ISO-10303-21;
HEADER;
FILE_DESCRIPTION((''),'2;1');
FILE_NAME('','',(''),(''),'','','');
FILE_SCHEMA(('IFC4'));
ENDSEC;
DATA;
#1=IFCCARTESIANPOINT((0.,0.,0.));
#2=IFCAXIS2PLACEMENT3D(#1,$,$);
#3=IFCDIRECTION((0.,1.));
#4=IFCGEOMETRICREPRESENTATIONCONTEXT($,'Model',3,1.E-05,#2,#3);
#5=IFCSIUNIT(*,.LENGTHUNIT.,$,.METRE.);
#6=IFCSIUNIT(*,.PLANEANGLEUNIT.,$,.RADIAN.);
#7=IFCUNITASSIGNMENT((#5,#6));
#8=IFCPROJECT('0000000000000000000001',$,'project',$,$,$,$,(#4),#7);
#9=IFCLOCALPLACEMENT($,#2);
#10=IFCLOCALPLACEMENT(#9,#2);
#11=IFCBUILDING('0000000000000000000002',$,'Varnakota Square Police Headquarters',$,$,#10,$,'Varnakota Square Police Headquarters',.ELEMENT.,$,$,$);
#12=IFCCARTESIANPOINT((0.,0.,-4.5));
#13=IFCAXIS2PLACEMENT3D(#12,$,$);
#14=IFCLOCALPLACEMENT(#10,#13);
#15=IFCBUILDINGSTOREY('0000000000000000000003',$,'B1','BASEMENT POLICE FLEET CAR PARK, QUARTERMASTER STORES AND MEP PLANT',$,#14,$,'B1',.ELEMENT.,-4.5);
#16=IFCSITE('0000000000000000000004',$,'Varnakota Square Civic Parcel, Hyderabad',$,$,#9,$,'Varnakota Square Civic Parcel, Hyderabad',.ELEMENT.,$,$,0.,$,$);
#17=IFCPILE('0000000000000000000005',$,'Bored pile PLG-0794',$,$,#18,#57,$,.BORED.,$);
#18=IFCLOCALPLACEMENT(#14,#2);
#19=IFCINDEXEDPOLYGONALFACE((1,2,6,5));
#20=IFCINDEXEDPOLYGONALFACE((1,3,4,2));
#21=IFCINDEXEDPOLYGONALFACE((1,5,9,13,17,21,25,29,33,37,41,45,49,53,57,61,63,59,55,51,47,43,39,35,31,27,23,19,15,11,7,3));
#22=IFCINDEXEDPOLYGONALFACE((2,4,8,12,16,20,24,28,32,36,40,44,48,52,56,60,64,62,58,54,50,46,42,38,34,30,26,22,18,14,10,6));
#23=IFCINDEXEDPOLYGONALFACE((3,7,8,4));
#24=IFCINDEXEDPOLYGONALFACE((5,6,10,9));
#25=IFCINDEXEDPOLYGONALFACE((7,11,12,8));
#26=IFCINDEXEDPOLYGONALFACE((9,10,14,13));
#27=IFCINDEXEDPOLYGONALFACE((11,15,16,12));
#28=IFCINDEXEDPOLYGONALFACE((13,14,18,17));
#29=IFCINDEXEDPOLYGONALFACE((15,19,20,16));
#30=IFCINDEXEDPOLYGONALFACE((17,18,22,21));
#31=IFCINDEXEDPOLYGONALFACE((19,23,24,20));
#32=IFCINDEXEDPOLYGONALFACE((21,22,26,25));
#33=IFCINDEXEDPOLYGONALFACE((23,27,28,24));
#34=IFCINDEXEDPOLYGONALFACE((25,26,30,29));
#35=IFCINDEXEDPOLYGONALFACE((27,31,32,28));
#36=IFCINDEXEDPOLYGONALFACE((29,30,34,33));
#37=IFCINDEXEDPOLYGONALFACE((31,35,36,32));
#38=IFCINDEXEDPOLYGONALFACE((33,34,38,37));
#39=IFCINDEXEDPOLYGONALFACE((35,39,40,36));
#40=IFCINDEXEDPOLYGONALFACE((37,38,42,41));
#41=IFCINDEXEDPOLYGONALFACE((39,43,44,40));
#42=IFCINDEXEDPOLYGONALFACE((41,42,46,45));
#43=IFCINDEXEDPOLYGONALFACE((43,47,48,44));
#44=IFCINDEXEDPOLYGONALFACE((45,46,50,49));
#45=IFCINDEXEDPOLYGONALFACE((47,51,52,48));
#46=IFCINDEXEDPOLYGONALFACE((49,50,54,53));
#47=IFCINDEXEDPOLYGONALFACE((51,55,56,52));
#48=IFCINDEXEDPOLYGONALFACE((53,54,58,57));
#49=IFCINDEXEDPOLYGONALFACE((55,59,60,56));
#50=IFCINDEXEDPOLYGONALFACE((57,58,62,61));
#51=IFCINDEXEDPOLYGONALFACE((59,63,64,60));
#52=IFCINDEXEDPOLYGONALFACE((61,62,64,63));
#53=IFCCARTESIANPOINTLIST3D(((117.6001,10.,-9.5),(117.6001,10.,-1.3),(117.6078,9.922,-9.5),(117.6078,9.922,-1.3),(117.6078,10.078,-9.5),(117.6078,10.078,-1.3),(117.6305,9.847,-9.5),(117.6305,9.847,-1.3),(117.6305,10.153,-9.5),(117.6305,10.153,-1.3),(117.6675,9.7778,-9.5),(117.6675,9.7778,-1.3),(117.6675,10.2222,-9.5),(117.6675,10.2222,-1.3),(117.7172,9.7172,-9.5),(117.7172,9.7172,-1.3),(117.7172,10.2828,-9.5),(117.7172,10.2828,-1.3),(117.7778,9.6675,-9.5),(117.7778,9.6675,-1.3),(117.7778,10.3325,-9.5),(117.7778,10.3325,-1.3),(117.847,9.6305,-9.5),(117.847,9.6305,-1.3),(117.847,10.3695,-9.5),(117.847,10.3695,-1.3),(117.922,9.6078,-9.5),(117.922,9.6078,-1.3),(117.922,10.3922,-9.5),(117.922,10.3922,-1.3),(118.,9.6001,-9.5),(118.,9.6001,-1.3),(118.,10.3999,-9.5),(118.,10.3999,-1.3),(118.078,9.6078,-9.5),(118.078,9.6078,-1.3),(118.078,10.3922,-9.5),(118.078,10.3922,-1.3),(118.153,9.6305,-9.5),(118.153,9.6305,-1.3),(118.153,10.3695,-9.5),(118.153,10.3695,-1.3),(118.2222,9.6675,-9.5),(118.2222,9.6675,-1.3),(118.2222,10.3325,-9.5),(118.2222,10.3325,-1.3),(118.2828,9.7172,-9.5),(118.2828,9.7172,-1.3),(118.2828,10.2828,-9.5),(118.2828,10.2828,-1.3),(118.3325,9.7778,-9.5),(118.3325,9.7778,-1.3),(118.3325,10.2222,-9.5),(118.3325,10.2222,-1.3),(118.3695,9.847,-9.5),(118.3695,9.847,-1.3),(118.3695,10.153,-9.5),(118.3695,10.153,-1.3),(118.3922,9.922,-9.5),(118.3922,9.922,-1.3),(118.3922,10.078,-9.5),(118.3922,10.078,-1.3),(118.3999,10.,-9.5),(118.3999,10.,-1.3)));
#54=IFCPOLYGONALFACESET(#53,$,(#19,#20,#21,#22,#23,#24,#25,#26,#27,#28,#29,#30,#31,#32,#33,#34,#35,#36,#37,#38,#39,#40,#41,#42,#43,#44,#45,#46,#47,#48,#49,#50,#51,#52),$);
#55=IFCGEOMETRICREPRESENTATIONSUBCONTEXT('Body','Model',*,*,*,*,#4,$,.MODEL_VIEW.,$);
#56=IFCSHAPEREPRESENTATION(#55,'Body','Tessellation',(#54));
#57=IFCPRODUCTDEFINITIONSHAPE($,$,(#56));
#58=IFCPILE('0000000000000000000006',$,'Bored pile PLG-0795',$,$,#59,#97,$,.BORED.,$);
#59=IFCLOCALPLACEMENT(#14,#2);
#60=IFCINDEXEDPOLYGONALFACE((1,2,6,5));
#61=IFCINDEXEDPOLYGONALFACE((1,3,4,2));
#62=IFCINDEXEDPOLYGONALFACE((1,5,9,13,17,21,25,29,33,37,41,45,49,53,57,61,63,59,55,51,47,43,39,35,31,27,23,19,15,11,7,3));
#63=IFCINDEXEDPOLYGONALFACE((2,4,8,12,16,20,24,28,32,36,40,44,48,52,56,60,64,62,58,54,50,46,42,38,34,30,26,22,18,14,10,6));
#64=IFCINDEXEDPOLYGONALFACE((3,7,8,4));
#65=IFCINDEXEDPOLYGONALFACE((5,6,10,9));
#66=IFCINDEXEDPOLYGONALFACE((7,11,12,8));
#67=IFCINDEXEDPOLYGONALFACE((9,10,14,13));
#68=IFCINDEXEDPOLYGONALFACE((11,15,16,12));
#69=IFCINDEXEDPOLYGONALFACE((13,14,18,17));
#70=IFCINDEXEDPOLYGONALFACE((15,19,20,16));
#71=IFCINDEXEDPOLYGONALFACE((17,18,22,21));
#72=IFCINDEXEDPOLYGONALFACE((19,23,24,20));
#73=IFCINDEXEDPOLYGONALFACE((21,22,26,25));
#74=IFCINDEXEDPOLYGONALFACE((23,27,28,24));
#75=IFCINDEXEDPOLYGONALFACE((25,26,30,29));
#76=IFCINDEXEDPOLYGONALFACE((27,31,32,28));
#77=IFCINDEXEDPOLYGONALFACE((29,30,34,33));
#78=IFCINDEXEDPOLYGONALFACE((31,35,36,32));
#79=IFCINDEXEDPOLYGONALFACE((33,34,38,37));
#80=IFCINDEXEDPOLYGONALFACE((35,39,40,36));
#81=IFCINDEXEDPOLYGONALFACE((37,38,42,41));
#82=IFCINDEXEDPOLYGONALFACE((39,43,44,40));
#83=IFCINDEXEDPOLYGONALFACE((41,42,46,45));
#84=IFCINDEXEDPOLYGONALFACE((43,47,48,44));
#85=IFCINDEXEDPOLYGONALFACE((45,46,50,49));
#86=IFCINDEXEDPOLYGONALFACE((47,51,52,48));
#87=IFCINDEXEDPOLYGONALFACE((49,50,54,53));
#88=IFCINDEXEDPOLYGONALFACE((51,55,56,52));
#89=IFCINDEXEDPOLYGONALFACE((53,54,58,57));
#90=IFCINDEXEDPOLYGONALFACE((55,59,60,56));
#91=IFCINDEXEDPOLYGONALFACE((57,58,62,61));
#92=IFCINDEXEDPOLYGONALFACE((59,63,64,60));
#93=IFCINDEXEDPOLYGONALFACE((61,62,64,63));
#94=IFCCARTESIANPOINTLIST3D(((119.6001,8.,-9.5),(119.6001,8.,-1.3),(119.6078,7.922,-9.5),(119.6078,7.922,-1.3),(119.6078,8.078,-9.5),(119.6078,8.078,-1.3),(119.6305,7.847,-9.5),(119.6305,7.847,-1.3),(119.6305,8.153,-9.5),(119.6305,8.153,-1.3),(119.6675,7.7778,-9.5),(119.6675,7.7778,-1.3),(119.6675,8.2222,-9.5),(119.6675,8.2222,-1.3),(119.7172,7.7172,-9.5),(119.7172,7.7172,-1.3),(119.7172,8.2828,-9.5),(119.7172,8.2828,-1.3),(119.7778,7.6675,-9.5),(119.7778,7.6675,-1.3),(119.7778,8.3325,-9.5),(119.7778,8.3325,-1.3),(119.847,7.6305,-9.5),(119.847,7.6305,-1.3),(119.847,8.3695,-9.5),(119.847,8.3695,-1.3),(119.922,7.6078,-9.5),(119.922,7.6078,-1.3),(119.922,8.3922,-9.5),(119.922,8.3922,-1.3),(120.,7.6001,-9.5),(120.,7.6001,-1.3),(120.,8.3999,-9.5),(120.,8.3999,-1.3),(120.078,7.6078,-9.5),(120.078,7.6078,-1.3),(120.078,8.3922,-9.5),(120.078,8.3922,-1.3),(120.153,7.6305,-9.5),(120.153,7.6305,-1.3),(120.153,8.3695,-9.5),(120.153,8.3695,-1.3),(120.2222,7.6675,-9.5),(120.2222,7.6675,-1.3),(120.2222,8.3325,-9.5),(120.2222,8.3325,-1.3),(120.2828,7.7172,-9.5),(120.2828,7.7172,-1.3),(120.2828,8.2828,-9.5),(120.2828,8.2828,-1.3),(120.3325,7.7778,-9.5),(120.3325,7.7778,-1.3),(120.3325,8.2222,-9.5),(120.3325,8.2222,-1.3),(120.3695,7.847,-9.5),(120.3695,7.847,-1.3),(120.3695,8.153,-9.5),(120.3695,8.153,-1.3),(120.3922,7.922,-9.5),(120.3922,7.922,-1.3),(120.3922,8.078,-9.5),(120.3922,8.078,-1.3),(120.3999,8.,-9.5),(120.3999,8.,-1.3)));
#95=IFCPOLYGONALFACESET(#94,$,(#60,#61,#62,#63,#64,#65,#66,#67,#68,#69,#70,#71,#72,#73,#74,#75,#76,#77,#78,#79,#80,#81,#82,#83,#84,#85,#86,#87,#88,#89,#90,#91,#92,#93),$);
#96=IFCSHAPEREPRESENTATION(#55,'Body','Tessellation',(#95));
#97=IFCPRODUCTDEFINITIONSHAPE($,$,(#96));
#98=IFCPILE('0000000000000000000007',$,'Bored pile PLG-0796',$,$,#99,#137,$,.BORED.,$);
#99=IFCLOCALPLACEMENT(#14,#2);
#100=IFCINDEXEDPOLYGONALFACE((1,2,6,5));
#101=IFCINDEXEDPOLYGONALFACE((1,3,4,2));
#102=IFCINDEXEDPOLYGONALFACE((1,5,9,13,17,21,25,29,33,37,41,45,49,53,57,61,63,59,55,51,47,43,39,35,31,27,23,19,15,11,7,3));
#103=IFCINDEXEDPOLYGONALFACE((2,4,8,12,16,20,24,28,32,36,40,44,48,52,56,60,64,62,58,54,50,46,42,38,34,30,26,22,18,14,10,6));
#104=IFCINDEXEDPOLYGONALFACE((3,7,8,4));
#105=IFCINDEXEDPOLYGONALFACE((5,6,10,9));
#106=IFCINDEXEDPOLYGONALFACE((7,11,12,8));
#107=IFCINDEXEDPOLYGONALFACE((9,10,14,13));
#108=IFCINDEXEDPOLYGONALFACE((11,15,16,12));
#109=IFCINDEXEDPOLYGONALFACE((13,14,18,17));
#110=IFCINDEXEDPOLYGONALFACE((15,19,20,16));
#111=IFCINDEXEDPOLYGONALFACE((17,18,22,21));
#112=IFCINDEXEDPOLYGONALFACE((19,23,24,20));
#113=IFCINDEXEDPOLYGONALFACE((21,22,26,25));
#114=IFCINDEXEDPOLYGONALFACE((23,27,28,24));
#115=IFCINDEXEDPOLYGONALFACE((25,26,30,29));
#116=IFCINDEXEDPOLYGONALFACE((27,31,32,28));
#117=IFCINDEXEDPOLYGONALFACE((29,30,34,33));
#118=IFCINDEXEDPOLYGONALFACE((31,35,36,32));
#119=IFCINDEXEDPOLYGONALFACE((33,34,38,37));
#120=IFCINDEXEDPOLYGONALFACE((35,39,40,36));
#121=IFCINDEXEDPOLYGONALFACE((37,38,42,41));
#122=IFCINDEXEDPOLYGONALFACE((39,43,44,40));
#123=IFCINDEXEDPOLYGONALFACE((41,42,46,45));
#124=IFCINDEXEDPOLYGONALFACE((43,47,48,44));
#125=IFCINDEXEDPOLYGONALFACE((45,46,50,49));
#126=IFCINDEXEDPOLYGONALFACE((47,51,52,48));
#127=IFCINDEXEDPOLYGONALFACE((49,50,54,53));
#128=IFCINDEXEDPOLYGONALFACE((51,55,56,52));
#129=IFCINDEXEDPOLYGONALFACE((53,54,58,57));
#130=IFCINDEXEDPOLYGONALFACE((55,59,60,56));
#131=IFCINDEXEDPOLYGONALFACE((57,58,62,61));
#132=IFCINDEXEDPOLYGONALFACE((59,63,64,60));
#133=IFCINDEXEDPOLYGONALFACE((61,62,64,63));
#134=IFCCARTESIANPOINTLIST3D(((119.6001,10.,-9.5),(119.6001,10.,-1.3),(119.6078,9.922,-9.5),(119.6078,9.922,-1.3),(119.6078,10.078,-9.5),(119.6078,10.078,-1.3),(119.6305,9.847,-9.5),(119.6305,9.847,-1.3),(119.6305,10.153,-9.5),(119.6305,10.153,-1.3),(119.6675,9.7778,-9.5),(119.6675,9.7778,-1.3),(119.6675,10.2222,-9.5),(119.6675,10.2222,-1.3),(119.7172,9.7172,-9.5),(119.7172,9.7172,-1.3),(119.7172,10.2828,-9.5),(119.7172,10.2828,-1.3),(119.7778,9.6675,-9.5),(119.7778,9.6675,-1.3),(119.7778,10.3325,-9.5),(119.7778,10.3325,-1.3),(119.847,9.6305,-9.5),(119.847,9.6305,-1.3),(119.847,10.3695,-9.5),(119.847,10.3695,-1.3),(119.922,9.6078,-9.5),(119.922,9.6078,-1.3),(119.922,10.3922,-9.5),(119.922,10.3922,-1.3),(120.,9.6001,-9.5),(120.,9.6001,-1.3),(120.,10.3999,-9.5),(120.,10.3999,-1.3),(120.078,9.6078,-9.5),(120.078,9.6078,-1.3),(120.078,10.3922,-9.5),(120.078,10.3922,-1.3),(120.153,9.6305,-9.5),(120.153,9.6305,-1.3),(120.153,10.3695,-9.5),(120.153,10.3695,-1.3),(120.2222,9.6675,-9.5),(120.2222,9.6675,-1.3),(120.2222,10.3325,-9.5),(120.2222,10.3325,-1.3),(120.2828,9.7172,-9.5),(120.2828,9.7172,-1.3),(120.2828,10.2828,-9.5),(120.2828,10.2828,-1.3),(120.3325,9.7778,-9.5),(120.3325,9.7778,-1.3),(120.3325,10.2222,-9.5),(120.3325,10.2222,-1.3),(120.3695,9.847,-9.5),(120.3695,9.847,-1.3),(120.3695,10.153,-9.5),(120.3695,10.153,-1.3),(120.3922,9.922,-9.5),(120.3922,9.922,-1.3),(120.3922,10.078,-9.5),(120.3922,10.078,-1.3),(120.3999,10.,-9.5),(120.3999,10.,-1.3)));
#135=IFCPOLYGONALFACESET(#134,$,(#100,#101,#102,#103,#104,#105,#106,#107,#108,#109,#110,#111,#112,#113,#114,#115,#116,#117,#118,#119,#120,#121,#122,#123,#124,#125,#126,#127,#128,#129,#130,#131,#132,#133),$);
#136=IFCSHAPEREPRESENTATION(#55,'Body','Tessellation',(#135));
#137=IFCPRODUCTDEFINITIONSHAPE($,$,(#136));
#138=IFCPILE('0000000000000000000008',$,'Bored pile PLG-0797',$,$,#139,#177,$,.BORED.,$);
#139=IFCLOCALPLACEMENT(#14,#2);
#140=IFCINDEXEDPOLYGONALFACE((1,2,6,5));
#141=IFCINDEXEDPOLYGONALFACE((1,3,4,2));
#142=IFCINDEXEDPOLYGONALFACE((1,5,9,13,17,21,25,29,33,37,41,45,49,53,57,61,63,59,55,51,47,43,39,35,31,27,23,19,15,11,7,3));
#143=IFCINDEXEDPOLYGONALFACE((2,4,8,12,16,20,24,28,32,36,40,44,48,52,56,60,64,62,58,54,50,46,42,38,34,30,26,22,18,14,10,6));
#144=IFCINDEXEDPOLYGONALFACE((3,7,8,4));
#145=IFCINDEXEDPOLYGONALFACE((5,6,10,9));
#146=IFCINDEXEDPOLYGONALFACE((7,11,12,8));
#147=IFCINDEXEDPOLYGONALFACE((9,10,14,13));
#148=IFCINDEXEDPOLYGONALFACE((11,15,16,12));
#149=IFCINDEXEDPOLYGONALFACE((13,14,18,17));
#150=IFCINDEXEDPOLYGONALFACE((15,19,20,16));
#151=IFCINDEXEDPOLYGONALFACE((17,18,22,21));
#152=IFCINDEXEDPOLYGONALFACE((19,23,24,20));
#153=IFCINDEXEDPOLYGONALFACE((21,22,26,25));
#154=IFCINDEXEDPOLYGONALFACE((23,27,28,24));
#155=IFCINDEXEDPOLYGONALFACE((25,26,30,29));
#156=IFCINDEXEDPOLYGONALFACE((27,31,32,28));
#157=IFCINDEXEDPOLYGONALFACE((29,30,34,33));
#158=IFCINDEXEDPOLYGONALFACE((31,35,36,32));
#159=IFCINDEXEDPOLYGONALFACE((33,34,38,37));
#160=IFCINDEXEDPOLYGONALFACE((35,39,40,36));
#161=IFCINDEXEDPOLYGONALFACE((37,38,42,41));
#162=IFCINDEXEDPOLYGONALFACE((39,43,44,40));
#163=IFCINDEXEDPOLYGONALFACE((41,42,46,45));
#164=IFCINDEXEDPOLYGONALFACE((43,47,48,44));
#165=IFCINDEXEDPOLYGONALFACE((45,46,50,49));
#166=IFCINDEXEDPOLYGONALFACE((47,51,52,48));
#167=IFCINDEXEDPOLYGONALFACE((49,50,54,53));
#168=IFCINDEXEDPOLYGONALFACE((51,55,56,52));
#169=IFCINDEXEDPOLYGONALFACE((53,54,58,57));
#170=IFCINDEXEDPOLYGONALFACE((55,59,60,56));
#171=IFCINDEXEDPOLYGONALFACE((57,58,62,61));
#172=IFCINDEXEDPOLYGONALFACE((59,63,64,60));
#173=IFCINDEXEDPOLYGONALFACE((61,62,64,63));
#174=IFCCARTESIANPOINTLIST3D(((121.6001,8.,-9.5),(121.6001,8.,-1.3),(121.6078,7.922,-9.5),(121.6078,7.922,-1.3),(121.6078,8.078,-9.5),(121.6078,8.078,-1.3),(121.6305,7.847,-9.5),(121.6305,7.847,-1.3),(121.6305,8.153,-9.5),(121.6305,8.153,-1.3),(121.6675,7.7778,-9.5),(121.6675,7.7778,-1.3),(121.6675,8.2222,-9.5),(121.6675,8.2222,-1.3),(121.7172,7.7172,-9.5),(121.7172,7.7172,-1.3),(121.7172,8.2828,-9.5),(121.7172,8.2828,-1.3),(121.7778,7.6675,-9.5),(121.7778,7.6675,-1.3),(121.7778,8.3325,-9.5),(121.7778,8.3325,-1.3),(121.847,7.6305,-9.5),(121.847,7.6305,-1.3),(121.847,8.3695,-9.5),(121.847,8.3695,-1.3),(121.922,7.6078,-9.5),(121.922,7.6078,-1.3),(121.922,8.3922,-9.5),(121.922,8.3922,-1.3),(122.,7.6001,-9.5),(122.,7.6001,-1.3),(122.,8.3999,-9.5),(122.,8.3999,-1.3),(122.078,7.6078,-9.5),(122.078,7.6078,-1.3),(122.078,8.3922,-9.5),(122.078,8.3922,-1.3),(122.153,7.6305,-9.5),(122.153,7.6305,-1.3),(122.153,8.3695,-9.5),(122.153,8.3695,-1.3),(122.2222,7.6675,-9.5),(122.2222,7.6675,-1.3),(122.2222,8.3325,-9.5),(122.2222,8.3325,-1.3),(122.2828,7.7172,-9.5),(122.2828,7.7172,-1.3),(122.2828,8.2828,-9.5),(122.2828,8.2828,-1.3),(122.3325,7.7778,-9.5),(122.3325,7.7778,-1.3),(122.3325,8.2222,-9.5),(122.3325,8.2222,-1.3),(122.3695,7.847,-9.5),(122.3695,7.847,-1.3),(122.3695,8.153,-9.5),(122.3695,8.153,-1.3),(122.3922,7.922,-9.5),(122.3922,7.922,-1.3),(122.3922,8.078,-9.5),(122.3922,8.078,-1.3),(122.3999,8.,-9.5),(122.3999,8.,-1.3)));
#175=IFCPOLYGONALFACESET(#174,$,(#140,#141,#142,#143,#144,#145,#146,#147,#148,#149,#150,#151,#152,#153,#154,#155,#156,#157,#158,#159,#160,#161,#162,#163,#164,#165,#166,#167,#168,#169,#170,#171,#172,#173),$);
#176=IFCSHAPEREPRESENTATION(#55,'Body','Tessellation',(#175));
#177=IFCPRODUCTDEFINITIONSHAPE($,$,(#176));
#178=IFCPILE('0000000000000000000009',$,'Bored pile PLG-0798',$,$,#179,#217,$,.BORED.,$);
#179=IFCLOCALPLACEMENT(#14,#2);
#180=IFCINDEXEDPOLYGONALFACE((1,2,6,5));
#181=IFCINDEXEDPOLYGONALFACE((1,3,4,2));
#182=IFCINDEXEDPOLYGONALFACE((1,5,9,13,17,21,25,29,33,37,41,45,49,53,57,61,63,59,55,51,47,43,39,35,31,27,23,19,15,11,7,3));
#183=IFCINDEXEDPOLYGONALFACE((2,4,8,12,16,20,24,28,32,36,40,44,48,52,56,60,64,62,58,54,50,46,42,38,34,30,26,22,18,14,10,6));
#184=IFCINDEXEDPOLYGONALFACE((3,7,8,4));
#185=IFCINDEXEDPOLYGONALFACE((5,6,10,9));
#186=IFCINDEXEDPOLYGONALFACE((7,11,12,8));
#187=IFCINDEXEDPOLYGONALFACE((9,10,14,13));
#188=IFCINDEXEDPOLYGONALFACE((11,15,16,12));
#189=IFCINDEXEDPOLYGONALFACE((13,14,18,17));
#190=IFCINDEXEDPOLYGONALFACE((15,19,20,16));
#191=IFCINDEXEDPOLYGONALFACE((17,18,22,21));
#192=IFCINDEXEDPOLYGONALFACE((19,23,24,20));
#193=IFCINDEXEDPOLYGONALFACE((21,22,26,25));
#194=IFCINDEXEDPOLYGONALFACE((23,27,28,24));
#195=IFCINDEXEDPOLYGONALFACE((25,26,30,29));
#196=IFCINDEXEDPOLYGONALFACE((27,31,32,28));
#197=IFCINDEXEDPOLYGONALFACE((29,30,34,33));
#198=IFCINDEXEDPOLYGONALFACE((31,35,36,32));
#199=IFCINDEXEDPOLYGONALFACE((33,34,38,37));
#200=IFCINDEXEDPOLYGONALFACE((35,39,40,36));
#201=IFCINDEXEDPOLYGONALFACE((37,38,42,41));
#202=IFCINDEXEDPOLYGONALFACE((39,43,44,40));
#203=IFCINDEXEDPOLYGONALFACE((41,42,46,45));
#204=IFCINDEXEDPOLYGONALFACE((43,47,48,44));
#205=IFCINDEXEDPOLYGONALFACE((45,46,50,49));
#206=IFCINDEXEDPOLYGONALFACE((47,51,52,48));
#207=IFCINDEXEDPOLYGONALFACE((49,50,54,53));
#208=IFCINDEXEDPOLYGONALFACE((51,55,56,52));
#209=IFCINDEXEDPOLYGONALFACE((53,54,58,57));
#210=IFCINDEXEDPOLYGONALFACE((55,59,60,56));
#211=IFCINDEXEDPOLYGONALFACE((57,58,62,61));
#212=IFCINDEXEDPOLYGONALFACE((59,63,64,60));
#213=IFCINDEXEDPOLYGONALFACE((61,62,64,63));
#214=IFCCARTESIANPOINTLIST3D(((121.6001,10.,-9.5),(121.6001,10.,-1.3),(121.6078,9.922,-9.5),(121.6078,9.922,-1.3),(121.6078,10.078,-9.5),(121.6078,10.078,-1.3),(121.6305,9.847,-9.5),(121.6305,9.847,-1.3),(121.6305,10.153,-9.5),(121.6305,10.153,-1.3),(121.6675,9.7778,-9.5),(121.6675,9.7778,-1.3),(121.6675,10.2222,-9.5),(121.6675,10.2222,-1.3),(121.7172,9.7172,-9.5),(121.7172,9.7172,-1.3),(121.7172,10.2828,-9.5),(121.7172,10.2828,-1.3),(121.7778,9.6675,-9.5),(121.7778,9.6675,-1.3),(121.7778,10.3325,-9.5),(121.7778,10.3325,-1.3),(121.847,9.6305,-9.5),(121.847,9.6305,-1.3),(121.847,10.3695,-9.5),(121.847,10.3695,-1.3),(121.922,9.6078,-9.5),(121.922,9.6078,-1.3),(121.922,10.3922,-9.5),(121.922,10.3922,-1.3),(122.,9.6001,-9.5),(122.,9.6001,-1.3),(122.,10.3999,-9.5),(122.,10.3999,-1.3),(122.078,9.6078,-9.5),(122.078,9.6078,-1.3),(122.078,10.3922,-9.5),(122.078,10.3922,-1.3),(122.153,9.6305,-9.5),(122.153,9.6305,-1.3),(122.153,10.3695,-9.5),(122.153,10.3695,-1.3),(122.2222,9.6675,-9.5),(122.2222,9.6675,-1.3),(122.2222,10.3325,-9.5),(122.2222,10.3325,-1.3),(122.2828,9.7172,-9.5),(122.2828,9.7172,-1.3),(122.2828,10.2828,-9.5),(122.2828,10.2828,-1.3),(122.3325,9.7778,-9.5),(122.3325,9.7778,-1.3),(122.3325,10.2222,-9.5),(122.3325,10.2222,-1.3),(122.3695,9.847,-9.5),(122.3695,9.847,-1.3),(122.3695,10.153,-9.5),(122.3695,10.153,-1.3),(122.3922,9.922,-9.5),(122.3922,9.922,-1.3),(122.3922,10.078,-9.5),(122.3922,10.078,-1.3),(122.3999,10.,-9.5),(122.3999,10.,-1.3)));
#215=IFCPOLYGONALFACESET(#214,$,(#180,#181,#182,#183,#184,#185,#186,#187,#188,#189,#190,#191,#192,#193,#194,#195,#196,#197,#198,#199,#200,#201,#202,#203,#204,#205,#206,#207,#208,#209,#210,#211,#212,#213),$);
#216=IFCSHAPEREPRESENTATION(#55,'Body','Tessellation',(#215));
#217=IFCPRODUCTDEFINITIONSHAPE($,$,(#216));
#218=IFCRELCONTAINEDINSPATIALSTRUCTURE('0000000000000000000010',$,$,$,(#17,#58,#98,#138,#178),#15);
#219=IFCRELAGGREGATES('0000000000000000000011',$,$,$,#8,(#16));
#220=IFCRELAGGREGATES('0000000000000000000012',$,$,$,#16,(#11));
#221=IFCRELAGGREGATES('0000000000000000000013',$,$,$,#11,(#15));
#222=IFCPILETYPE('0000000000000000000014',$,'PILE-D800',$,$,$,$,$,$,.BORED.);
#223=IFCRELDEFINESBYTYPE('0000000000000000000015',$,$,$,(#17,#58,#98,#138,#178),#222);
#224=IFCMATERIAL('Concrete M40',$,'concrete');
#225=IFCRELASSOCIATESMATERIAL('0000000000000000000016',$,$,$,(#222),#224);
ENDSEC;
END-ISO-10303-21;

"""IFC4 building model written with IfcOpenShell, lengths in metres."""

from ifc_helpers import new_model, si_unit, direction, frame, origin, origin_2d, place, context, subcontext, project, spatial, circle, extrude, material, material_profile, profile_set, type_object, element, save


model = new_model("IFC4")

# Units and contexts
model_context = context("Model", 3, precision=1e-05, world=origin(), true_north=direction((0.0, 1.0)))
body_context = subcontext(model_context, "Body", "Model", "MODEL_VIEW")
ifc_project = project(units=[si_unit("LENGTHUNIT", "METRE"), si_unit("PLANEANGLEUNIT", "RADIAN")], contexts=[model_context])

# Site, building, storey
site_placement = place(None, origin())
site = spatial("IfcSite", under=ifc_project, at=site_placement, Name="Varnakota Square Civic Parcel, Hyderabad", LongName="Varnakota Square Civic Parcel, Hyderabad", CompositionType="ELEMENT", RefElevation=0.0)
building_placement = place(site_placement, origin())
building = spatial("IfcBuilding", under=site, at=building_placement, Name="Varnakota Square Police Headquarters", LongName="Varnakota Square Police Headquarters", CompositionType="ELEMENT")
storey_placement = place(building_placement, frame((0.0, 0.0, -4.5)))
storey = spatial("IfcBuildingStorey", under=building, at=storey_placement, Name="B1", Description="BASEMENT POLICE FLEET CAR PARK, QUARTERMASTER STORES AND MEP PLANT", LongName="B1", CompositionType="ELEMENT", Elevation=-4.5)

# Shared definitions
ifc_material_1 = material(Name="Concrete M40", Category="concrete")

# Piles
ifc_material_profile_1 = material_profile(ifc_material_1, circle(Radius=0.3999, at=origin_2d()), Name="BORED PILE 800")
ifc_profile_set_1 = profile_set([ifc_material_profile_1], Name="Concrete M40")
pile_type = type_object("IfcPileType", Name="PILE-D800", PredefinedType="BORED", material=ifc_profile_set_1)
for number, where, z_axis, x_axis, name in (
    (1, (118.0, 10.0, -1.3), (0.0, 0.0, -1.0), (1.0, 0.0, 0.0), "Bored pile PLG-0794"),
    (2, (120.0, 8.0, -1.3), (0.0, 0.0, -1.0), (1.0, 0.0, 0.0), "Bored pile PLG-0795"),
    (3, (120.0, 10.0, -1.3), (0.0, 0.0, -1.0), (1.0, 0.0, 0.0), "Bored pile PLG-0796"),
    (4, (122.0, 8.0, -1.3), (0.0, 0.0, -1.0), (1.0, 0.0, 0.0), "Bored pile PLG-0797"),
    (5, (122.0, 10.0, -1.3), (0.0, 0.0, -1.0), (1.0, 0.0, 0.0), "Bored pile PLG-0798"),
):
    element("IfcPile", number, at=place(storey_placement, frame(where, z_axis=z_axis, x_axis=x_axis)), inside=storey, type_object=pile_type, Name=name, PredefinedType="BORED", context=body_context, shape_type="SweptSolid", body=[
        extrude(circle(Radius=0.3999, at=origin_2d()), origin(), (0.0, 0.0, 1.0), 8.2),
    ])

save(model, "model.ifc")
